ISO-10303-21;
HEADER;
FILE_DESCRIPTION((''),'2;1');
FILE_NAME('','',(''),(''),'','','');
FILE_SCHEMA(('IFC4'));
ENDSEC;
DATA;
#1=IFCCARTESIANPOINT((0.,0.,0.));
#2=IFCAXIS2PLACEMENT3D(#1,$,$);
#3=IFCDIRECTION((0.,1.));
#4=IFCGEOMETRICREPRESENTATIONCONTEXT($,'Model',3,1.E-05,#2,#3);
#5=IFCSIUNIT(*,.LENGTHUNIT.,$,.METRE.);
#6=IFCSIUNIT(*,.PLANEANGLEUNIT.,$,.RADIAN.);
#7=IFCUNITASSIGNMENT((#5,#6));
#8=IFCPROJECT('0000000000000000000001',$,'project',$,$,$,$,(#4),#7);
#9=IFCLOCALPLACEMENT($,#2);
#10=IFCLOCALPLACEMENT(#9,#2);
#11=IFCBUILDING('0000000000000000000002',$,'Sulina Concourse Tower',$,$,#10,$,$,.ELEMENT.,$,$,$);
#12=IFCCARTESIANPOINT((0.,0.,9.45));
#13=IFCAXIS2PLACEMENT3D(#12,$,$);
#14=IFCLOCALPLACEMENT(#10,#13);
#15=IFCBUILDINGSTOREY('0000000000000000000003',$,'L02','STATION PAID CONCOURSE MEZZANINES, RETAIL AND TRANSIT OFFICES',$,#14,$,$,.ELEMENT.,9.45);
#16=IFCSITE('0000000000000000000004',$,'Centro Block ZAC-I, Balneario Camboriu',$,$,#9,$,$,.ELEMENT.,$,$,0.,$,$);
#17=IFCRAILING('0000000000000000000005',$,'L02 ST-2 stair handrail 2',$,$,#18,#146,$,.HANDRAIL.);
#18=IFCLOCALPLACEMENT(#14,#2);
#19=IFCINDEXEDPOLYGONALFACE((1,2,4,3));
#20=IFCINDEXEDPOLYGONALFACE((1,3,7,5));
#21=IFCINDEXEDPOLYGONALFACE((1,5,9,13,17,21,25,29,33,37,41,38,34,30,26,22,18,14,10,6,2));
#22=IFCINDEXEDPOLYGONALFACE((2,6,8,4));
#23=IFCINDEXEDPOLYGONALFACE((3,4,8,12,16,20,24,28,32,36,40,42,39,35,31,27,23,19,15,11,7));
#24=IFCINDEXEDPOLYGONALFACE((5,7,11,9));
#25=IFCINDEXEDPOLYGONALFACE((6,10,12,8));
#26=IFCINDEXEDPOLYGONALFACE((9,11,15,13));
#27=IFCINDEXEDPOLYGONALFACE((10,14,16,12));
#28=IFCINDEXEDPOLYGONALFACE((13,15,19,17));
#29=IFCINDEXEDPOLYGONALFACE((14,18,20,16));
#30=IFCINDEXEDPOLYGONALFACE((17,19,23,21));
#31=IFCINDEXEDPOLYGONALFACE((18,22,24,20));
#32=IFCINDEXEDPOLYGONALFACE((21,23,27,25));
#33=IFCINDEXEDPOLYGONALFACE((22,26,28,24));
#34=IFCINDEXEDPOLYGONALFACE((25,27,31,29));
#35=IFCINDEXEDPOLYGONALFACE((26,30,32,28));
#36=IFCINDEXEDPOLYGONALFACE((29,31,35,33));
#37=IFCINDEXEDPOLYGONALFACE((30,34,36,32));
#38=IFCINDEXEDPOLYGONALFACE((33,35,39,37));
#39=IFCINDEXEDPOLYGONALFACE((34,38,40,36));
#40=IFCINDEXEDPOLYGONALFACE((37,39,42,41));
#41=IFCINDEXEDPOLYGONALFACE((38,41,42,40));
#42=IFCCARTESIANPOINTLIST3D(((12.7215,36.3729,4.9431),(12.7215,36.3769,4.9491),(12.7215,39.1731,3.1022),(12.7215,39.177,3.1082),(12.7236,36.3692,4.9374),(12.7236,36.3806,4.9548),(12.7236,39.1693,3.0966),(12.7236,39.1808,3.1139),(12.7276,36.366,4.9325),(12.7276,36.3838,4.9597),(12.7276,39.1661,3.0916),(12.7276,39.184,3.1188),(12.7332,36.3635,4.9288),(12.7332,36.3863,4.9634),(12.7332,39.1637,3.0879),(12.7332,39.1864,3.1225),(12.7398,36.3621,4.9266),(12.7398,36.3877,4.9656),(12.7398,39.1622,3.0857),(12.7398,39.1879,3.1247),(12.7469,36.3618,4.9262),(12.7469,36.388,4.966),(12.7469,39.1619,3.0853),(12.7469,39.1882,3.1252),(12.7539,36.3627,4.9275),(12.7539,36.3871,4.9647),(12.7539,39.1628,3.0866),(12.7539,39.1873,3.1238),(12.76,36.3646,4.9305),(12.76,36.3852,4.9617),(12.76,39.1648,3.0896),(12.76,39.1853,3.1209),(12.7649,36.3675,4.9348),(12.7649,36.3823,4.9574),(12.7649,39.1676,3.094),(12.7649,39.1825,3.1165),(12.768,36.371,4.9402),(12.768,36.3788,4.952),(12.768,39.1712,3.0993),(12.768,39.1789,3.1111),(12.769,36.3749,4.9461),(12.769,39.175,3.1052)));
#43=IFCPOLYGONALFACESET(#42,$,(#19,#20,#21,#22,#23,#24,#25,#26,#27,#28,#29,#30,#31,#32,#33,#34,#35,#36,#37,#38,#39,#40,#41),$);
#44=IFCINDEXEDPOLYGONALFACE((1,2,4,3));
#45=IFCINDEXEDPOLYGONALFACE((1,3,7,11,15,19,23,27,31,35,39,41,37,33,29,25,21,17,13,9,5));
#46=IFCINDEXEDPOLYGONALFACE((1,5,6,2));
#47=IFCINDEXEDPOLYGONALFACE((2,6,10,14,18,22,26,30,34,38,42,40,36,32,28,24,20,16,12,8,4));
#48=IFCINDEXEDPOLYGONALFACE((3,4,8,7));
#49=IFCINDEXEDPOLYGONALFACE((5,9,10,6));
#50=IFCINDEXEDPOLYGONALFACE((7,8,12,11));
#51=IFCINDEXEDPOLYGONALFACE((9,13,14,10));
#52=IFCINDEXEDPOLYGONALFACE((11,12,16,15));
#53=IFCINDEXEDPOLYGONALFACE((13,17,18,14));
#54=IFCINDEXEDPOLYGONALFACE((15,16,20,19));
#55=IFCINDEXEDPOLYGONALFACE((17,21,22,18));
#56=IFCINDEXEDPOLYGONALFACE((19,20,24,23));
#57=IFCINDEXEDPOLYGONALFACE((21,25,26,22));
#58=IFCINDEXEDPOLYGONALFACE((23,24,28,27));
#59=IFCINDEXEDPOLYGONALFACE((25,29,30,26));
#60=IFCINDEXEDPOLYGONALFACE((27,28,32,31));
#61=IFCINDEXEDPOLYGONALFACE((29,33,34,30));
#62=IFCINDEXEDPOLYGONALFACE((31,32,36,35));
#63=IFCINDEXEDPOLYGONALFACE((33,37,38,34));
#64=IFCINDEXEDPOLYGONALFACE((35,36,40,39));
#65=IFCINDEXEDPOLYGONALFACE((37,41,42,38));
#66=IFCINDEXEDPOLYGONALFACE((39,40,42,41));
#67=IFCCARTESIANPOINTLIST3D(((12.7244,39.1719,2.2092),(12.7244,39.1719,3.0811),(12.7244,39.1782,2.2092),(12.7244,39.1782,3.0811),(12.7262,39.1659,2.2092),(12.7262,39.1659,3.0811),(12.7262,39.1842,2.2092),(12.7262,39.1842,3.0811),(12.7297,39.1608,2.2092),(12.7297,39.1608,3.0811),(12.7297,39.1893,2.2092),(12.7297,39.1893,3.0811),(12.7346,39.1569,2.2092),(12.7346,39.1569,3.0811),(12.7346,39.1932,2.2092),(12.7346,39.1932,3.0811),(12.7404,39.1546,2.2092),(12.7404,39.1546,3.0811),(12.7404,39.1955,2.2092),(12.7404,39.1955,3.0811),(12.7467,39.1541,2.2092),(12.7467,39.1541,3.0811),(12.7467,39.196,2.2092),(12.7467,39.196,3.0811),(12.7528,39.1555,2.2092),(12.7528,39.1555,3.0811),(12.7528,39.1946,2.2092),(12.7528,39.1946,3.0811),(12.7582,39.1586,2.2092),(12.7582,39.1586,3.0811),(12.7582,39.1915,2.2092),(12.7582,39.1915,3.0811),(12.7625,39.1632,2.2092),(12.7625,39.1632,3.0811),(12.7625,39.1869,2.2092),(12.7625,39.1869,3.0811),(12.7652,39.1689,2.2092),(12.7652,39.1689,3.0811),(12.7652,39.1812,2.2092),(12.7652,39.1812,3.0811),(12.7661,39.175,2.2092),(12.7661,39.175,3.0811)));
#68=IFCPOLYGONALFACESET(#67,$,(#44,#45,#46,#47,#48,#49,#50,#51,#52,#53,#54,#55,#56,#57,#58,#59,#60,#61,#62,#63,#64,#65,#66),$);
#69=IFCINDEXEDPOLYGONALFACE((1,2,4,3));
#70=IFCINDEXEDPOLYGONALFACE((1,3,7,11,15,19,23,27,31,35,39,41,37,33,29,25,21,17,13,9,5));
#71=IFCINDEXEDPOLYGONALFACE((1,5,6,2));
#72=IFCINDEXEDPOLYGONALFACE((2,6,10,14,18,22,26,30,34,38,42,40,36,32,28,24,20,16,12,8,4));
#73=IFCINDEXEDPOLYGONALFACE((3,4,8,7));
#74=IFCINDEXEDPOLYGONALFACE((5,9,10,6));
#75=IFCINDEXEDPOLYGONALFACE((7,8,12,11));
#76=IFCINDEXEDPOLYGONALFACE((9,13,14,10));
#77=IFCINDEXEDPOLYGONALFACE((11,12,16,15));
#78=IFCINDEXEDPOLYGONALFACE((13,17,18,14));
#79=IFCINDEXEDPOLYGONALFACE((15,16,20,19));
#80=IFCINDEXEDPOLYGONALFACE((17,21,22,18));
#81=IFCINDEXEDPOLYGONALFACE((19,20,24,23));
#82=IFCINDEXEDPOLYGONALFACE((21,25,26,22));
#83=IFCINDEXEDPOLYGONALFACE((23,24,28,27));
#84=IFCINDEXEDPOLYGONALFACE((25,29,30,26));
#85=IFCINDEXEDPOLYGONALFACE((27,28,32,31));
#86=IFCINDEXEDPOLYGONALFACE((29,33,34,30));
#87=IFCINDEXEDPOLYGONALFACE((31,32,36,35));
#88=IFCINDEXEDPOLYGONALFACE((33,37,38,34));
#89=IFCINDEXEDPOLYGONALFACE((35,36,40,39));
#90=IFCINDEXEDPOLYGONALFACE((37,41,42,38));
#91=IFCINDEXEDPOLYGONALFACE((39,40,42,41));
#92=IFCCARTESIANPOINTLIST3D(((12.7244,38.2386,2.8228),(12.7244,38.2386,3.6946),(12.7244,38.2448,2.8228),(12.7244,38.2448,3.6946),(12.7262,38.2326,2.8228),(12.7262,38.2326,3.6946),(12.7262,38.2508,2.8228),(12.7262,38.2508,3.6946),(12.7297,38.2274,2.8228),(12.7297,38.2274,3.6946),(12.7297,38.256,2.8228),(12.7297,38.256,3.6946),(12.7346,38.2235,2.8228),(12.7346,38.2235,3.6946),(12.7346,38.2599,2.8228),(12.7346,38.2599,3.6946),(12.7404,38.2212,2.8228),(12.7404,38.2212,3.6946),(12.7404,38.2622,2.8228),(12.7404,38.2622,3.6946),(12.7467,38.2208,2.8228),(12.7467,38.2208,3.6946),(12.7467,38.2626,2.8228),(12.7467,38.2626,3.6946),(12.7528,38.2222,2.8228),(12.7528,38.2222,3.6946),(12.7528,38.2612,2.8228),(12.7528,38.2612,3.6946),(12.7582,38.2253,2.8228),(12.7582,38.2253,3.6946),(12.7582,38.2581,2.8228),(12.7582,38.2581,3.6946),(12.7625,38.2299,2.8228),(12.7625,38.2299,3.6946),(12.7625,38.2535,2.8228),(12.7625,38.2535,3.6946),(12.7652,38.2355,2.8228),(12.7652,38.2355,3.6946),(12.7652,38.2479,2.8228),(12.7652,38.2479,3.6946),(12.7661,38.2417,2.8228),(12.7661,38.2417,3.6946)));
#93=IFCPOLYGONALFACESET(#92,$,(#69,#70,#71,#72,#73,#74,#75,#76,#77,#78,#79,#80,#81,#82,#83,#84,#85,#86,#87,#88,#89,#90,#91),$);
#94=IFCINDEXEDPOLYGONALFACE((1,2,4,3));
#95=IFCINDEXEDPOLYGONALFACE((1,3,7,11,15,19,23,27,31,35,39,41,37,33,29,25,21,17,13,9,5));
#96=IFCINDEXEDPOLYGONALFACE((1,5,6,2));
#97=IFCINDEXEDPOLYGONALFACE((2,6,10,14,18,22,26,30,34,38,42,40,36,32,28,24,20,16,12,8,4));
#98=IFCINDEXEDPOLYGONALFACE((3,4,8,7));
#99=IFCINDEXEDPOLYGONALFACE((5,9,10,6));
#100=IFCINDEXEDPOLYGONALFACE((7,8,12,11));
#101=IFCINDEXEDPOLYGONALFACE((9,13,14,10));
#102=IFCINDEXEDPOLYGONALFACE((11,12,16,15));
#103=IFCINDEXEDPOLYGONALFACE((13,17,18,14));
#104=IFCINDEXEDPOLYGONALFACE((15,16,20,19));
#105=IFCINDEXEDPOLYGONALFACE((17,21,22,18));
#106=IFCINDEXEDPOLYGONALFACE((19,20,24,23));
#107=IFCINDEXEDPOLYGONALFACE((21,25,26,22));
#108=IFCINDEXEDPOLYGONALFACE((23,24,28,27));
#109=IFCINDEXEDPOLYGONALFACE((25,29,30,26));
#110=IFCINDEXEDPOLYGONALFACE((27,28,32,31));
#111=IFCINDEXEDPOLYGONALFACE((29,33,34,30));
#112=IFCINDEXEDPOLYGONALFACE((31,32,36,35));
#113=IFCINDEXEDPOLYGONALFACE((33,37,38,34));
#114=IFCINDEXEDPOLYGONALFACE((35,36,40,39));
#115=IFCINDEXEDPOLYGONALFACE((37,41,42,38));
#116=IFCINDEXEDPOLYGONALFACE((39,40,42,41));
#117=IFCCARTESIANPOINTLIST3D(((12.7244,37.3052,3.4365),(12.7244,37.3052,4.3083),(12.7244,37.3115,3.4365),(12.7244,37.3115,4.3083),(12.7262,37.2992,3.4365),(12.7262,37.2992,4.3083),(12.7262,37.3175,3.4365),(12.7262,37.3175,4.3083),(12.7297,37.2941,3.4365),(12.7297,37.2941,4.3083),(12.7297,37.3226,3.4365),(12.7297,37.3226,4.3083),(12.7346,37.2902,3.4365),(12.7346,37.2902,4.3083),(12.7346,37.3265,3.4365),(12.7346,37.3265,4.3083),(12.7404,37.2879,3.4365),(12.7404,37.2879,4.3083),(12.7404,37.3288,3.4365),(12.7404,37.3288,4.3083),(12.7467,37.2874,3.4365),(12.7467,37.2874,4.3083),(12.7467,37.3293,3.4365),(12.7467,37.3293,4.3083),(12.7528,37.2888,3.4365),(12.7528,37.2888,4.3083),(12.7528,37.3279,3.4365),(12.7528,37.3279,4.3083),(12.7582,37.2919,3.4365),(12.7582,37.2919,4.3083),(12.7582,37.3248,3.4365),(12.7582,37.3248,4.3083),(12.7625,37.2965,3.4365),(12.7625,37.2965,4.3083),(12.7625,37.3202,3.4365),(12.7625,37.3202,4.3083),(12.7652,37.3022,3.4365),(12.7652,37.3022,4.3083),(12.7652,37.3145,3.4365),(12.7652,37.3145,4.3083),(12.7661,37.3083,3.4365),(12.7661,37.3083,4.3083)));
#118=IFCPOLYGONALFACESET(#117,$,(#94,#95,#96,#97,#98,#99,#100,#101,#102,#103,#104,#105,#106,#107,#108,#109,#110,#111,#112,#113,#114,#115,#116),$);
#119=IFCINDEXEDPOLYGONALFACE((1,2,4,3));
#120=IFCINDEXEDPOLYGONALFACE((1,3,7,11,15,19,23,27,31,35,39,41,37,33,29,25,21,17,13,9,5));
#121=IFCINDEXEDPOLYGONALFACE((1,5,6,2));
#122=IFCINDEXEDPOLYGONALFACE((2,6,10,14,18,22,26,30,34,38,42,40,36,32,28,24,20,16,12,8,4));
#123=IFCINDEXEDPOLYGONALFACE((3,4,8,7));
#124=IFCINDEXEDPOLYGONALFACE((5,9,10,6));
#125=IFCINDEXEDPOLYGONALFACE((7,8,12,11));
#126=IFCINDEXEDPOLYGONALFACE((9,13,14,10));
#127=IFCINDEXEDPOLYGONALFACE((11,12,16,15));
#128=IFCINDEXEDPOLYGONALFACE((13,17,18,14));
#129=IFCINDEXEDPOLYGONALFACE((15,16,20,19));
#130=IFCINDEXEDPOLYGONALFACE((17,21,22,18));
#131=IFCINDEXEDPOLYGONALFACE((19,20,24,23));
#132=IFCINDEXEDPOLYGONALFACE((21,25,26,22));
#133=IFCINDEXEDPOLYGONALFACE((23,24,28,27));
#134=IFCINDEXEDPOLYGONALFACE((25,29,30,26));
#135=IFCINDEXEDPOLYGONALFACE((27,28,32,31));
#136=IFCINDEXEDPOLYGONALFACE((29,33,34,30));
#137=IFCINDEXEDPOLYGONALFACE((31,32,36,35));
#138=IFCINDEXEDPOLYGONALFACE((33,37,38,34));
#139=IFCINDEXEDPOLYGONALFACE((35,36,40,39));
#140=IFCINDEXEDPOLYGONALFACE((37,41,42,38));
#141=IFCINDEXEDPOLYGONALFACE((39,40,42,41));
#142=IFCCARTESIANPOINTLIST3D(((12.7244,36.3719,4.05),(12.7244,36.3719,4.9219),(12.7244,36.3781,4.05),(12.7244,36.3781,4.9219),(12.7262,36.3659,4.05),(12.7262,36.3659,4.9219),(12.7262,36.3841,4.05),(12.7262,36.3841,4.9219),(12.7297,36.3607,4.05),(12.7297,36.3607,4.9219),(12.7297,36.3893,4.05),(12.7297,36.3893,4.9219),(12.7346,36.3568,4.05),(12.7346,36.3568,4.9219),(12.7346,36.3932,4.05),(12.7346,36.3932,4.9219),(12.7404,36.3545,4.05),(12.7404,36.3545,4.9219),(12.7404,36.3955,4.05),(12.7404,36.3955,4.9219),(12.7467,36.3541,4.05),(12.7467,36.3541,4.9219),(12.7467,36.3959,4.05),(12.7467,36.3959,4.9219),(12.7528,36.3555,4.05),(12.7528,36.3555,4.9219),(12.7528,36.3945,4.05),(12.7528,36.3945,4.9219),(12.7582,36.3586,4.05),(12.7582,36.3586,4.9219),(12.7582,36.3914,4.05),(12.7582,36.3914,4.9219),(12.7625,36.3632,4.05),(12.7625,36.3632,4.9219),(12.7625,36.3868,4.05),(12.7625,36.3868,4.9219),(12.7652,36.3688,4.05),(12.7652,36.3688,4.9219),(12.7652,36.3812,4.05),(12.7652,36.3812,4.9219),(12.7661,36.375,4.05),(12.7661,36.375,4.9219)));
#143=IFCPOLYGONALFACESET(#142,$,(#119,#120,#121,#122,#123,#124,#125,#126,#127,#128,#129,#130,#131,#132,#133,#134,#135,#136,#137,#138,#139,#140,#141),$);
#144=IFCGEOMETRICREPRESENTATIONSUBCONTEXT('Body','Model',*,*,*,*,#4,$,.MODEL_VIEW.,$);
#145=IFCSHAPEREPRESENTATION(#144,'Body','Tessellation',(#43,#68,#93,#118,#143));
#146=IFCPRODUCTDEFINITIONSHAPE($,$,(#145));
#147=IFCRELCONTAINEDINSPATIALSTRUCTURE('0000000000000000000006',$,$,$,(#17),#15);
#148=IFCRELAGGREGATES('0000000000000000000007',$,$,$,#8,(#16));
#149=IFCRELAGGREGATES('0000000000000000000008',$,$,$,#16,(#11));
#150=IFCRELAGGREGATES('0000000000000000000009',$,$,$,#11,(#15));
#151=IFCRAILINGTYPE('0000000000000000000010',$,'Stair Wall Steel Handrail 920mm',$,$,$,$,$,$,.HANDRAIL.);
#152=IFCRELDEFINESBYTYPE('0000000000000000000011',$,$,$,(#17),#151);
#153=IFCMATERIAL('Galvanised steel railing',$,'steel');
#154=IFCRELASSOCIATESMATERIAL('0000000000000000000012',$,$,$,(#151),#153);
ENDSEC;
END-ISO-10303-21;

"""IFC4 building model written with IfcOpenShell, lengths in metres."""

from ifc_helpers import new_model, si_unit, direction, frame, origin, origin_2d, place, context, subcontext, project, spatial, circle, extrude, material, type_object, element, save


model = new_model("IFC4")

# Units and contexts
model_context = context("Model", 3, precision=1e-05, world=origin(), true_north=direction((0.0, 1.0)))
body_context = subcontext(model_context, "Body", "Model", "MODEL_VIEW")
ifc_project = project(units=[si_unit("LENGTHUNIT", "METRE"), si_unit("PLANEANGLEUNIT", "RADIAN")], contexts=[model_context])

# Site, building, storey
site_placement = place(None, origin())
site = spatial("IfcSite", under=ifc_project, at=site_placement, Name="Centro Block ZAC-I, Balneario Camboriu", CompositionType="ELEMENT", RefElevation=0.0)
building_placement = place(site_placement, origin())
building = spatial("IfcBuilding", under=site, at=building_placement, Name="Sulina Concourse Tower", CompositionType="ELEMENT")
storey_placement = place(building_placement, frame((0.0, 0.0, 9.45)))
storey = spatial("IfcBuildingStorey", under=building, at=storey_placement, Name="L02", Description="STATION PAID CONCOURSE MEZZANINES, RETAIL AND TRANSIT OFFICES", CompositionType="ELEMENT", Elevation=9.45)

# Railing
ifc_material_1 = material(Name="Galvanised steel railing", Category="steel")
railing_type_1 = type_object("IfcRailingType", Name="Stair Wall Steel Handrail 920mm", PredefinedType="HANDRAIL", material=ifc_material_1)
railing_1_placement = place(storey_placement, frame((12.7451, 39.175, 2.2092)))
element("IfcRailing", 1, at=railing_1_placement, inside=storey, type_object=railing_type_1, Name="L02 ST-2 stair handrail 2", PredefinedType="HANDRAIL", context=body_context, shape_type="SweptSolid", body=[
    extrude(circle(Radius=0.0239, at=origin_2d()), frame((0.0, 0.0, 0.896), z_axis=(0.0, -0.835598, 0.549342), x_axis=(1.0, 0.0, 0.0)), (0.0, 0.0, 1.0), 3.3511),
    extrude(circle(Radius=0.021, at=origin_2d()), origin(), (0.0, 0.0, 1.0), 0.8718),
    extrude(circle(Radius=0.021, at=origin_2d()), frame((0.0, -0.9333, 0.6135)), (0.0, 0.0, 1.0), 0.8718),
    extrude(circle(Radius=0.021, at=origin_2d()), frame((0.0, -1.8667, 1.2273)), (0.0, 0.0, 1.0), 0.8718),
    extrude(circle(Radius=0.021, at=origin_2d()), frame((0.0, -2.8, 1.8408)), (0.0, 0.0, 1.0), 0.8718),
])

save(model, "model.ifc")
